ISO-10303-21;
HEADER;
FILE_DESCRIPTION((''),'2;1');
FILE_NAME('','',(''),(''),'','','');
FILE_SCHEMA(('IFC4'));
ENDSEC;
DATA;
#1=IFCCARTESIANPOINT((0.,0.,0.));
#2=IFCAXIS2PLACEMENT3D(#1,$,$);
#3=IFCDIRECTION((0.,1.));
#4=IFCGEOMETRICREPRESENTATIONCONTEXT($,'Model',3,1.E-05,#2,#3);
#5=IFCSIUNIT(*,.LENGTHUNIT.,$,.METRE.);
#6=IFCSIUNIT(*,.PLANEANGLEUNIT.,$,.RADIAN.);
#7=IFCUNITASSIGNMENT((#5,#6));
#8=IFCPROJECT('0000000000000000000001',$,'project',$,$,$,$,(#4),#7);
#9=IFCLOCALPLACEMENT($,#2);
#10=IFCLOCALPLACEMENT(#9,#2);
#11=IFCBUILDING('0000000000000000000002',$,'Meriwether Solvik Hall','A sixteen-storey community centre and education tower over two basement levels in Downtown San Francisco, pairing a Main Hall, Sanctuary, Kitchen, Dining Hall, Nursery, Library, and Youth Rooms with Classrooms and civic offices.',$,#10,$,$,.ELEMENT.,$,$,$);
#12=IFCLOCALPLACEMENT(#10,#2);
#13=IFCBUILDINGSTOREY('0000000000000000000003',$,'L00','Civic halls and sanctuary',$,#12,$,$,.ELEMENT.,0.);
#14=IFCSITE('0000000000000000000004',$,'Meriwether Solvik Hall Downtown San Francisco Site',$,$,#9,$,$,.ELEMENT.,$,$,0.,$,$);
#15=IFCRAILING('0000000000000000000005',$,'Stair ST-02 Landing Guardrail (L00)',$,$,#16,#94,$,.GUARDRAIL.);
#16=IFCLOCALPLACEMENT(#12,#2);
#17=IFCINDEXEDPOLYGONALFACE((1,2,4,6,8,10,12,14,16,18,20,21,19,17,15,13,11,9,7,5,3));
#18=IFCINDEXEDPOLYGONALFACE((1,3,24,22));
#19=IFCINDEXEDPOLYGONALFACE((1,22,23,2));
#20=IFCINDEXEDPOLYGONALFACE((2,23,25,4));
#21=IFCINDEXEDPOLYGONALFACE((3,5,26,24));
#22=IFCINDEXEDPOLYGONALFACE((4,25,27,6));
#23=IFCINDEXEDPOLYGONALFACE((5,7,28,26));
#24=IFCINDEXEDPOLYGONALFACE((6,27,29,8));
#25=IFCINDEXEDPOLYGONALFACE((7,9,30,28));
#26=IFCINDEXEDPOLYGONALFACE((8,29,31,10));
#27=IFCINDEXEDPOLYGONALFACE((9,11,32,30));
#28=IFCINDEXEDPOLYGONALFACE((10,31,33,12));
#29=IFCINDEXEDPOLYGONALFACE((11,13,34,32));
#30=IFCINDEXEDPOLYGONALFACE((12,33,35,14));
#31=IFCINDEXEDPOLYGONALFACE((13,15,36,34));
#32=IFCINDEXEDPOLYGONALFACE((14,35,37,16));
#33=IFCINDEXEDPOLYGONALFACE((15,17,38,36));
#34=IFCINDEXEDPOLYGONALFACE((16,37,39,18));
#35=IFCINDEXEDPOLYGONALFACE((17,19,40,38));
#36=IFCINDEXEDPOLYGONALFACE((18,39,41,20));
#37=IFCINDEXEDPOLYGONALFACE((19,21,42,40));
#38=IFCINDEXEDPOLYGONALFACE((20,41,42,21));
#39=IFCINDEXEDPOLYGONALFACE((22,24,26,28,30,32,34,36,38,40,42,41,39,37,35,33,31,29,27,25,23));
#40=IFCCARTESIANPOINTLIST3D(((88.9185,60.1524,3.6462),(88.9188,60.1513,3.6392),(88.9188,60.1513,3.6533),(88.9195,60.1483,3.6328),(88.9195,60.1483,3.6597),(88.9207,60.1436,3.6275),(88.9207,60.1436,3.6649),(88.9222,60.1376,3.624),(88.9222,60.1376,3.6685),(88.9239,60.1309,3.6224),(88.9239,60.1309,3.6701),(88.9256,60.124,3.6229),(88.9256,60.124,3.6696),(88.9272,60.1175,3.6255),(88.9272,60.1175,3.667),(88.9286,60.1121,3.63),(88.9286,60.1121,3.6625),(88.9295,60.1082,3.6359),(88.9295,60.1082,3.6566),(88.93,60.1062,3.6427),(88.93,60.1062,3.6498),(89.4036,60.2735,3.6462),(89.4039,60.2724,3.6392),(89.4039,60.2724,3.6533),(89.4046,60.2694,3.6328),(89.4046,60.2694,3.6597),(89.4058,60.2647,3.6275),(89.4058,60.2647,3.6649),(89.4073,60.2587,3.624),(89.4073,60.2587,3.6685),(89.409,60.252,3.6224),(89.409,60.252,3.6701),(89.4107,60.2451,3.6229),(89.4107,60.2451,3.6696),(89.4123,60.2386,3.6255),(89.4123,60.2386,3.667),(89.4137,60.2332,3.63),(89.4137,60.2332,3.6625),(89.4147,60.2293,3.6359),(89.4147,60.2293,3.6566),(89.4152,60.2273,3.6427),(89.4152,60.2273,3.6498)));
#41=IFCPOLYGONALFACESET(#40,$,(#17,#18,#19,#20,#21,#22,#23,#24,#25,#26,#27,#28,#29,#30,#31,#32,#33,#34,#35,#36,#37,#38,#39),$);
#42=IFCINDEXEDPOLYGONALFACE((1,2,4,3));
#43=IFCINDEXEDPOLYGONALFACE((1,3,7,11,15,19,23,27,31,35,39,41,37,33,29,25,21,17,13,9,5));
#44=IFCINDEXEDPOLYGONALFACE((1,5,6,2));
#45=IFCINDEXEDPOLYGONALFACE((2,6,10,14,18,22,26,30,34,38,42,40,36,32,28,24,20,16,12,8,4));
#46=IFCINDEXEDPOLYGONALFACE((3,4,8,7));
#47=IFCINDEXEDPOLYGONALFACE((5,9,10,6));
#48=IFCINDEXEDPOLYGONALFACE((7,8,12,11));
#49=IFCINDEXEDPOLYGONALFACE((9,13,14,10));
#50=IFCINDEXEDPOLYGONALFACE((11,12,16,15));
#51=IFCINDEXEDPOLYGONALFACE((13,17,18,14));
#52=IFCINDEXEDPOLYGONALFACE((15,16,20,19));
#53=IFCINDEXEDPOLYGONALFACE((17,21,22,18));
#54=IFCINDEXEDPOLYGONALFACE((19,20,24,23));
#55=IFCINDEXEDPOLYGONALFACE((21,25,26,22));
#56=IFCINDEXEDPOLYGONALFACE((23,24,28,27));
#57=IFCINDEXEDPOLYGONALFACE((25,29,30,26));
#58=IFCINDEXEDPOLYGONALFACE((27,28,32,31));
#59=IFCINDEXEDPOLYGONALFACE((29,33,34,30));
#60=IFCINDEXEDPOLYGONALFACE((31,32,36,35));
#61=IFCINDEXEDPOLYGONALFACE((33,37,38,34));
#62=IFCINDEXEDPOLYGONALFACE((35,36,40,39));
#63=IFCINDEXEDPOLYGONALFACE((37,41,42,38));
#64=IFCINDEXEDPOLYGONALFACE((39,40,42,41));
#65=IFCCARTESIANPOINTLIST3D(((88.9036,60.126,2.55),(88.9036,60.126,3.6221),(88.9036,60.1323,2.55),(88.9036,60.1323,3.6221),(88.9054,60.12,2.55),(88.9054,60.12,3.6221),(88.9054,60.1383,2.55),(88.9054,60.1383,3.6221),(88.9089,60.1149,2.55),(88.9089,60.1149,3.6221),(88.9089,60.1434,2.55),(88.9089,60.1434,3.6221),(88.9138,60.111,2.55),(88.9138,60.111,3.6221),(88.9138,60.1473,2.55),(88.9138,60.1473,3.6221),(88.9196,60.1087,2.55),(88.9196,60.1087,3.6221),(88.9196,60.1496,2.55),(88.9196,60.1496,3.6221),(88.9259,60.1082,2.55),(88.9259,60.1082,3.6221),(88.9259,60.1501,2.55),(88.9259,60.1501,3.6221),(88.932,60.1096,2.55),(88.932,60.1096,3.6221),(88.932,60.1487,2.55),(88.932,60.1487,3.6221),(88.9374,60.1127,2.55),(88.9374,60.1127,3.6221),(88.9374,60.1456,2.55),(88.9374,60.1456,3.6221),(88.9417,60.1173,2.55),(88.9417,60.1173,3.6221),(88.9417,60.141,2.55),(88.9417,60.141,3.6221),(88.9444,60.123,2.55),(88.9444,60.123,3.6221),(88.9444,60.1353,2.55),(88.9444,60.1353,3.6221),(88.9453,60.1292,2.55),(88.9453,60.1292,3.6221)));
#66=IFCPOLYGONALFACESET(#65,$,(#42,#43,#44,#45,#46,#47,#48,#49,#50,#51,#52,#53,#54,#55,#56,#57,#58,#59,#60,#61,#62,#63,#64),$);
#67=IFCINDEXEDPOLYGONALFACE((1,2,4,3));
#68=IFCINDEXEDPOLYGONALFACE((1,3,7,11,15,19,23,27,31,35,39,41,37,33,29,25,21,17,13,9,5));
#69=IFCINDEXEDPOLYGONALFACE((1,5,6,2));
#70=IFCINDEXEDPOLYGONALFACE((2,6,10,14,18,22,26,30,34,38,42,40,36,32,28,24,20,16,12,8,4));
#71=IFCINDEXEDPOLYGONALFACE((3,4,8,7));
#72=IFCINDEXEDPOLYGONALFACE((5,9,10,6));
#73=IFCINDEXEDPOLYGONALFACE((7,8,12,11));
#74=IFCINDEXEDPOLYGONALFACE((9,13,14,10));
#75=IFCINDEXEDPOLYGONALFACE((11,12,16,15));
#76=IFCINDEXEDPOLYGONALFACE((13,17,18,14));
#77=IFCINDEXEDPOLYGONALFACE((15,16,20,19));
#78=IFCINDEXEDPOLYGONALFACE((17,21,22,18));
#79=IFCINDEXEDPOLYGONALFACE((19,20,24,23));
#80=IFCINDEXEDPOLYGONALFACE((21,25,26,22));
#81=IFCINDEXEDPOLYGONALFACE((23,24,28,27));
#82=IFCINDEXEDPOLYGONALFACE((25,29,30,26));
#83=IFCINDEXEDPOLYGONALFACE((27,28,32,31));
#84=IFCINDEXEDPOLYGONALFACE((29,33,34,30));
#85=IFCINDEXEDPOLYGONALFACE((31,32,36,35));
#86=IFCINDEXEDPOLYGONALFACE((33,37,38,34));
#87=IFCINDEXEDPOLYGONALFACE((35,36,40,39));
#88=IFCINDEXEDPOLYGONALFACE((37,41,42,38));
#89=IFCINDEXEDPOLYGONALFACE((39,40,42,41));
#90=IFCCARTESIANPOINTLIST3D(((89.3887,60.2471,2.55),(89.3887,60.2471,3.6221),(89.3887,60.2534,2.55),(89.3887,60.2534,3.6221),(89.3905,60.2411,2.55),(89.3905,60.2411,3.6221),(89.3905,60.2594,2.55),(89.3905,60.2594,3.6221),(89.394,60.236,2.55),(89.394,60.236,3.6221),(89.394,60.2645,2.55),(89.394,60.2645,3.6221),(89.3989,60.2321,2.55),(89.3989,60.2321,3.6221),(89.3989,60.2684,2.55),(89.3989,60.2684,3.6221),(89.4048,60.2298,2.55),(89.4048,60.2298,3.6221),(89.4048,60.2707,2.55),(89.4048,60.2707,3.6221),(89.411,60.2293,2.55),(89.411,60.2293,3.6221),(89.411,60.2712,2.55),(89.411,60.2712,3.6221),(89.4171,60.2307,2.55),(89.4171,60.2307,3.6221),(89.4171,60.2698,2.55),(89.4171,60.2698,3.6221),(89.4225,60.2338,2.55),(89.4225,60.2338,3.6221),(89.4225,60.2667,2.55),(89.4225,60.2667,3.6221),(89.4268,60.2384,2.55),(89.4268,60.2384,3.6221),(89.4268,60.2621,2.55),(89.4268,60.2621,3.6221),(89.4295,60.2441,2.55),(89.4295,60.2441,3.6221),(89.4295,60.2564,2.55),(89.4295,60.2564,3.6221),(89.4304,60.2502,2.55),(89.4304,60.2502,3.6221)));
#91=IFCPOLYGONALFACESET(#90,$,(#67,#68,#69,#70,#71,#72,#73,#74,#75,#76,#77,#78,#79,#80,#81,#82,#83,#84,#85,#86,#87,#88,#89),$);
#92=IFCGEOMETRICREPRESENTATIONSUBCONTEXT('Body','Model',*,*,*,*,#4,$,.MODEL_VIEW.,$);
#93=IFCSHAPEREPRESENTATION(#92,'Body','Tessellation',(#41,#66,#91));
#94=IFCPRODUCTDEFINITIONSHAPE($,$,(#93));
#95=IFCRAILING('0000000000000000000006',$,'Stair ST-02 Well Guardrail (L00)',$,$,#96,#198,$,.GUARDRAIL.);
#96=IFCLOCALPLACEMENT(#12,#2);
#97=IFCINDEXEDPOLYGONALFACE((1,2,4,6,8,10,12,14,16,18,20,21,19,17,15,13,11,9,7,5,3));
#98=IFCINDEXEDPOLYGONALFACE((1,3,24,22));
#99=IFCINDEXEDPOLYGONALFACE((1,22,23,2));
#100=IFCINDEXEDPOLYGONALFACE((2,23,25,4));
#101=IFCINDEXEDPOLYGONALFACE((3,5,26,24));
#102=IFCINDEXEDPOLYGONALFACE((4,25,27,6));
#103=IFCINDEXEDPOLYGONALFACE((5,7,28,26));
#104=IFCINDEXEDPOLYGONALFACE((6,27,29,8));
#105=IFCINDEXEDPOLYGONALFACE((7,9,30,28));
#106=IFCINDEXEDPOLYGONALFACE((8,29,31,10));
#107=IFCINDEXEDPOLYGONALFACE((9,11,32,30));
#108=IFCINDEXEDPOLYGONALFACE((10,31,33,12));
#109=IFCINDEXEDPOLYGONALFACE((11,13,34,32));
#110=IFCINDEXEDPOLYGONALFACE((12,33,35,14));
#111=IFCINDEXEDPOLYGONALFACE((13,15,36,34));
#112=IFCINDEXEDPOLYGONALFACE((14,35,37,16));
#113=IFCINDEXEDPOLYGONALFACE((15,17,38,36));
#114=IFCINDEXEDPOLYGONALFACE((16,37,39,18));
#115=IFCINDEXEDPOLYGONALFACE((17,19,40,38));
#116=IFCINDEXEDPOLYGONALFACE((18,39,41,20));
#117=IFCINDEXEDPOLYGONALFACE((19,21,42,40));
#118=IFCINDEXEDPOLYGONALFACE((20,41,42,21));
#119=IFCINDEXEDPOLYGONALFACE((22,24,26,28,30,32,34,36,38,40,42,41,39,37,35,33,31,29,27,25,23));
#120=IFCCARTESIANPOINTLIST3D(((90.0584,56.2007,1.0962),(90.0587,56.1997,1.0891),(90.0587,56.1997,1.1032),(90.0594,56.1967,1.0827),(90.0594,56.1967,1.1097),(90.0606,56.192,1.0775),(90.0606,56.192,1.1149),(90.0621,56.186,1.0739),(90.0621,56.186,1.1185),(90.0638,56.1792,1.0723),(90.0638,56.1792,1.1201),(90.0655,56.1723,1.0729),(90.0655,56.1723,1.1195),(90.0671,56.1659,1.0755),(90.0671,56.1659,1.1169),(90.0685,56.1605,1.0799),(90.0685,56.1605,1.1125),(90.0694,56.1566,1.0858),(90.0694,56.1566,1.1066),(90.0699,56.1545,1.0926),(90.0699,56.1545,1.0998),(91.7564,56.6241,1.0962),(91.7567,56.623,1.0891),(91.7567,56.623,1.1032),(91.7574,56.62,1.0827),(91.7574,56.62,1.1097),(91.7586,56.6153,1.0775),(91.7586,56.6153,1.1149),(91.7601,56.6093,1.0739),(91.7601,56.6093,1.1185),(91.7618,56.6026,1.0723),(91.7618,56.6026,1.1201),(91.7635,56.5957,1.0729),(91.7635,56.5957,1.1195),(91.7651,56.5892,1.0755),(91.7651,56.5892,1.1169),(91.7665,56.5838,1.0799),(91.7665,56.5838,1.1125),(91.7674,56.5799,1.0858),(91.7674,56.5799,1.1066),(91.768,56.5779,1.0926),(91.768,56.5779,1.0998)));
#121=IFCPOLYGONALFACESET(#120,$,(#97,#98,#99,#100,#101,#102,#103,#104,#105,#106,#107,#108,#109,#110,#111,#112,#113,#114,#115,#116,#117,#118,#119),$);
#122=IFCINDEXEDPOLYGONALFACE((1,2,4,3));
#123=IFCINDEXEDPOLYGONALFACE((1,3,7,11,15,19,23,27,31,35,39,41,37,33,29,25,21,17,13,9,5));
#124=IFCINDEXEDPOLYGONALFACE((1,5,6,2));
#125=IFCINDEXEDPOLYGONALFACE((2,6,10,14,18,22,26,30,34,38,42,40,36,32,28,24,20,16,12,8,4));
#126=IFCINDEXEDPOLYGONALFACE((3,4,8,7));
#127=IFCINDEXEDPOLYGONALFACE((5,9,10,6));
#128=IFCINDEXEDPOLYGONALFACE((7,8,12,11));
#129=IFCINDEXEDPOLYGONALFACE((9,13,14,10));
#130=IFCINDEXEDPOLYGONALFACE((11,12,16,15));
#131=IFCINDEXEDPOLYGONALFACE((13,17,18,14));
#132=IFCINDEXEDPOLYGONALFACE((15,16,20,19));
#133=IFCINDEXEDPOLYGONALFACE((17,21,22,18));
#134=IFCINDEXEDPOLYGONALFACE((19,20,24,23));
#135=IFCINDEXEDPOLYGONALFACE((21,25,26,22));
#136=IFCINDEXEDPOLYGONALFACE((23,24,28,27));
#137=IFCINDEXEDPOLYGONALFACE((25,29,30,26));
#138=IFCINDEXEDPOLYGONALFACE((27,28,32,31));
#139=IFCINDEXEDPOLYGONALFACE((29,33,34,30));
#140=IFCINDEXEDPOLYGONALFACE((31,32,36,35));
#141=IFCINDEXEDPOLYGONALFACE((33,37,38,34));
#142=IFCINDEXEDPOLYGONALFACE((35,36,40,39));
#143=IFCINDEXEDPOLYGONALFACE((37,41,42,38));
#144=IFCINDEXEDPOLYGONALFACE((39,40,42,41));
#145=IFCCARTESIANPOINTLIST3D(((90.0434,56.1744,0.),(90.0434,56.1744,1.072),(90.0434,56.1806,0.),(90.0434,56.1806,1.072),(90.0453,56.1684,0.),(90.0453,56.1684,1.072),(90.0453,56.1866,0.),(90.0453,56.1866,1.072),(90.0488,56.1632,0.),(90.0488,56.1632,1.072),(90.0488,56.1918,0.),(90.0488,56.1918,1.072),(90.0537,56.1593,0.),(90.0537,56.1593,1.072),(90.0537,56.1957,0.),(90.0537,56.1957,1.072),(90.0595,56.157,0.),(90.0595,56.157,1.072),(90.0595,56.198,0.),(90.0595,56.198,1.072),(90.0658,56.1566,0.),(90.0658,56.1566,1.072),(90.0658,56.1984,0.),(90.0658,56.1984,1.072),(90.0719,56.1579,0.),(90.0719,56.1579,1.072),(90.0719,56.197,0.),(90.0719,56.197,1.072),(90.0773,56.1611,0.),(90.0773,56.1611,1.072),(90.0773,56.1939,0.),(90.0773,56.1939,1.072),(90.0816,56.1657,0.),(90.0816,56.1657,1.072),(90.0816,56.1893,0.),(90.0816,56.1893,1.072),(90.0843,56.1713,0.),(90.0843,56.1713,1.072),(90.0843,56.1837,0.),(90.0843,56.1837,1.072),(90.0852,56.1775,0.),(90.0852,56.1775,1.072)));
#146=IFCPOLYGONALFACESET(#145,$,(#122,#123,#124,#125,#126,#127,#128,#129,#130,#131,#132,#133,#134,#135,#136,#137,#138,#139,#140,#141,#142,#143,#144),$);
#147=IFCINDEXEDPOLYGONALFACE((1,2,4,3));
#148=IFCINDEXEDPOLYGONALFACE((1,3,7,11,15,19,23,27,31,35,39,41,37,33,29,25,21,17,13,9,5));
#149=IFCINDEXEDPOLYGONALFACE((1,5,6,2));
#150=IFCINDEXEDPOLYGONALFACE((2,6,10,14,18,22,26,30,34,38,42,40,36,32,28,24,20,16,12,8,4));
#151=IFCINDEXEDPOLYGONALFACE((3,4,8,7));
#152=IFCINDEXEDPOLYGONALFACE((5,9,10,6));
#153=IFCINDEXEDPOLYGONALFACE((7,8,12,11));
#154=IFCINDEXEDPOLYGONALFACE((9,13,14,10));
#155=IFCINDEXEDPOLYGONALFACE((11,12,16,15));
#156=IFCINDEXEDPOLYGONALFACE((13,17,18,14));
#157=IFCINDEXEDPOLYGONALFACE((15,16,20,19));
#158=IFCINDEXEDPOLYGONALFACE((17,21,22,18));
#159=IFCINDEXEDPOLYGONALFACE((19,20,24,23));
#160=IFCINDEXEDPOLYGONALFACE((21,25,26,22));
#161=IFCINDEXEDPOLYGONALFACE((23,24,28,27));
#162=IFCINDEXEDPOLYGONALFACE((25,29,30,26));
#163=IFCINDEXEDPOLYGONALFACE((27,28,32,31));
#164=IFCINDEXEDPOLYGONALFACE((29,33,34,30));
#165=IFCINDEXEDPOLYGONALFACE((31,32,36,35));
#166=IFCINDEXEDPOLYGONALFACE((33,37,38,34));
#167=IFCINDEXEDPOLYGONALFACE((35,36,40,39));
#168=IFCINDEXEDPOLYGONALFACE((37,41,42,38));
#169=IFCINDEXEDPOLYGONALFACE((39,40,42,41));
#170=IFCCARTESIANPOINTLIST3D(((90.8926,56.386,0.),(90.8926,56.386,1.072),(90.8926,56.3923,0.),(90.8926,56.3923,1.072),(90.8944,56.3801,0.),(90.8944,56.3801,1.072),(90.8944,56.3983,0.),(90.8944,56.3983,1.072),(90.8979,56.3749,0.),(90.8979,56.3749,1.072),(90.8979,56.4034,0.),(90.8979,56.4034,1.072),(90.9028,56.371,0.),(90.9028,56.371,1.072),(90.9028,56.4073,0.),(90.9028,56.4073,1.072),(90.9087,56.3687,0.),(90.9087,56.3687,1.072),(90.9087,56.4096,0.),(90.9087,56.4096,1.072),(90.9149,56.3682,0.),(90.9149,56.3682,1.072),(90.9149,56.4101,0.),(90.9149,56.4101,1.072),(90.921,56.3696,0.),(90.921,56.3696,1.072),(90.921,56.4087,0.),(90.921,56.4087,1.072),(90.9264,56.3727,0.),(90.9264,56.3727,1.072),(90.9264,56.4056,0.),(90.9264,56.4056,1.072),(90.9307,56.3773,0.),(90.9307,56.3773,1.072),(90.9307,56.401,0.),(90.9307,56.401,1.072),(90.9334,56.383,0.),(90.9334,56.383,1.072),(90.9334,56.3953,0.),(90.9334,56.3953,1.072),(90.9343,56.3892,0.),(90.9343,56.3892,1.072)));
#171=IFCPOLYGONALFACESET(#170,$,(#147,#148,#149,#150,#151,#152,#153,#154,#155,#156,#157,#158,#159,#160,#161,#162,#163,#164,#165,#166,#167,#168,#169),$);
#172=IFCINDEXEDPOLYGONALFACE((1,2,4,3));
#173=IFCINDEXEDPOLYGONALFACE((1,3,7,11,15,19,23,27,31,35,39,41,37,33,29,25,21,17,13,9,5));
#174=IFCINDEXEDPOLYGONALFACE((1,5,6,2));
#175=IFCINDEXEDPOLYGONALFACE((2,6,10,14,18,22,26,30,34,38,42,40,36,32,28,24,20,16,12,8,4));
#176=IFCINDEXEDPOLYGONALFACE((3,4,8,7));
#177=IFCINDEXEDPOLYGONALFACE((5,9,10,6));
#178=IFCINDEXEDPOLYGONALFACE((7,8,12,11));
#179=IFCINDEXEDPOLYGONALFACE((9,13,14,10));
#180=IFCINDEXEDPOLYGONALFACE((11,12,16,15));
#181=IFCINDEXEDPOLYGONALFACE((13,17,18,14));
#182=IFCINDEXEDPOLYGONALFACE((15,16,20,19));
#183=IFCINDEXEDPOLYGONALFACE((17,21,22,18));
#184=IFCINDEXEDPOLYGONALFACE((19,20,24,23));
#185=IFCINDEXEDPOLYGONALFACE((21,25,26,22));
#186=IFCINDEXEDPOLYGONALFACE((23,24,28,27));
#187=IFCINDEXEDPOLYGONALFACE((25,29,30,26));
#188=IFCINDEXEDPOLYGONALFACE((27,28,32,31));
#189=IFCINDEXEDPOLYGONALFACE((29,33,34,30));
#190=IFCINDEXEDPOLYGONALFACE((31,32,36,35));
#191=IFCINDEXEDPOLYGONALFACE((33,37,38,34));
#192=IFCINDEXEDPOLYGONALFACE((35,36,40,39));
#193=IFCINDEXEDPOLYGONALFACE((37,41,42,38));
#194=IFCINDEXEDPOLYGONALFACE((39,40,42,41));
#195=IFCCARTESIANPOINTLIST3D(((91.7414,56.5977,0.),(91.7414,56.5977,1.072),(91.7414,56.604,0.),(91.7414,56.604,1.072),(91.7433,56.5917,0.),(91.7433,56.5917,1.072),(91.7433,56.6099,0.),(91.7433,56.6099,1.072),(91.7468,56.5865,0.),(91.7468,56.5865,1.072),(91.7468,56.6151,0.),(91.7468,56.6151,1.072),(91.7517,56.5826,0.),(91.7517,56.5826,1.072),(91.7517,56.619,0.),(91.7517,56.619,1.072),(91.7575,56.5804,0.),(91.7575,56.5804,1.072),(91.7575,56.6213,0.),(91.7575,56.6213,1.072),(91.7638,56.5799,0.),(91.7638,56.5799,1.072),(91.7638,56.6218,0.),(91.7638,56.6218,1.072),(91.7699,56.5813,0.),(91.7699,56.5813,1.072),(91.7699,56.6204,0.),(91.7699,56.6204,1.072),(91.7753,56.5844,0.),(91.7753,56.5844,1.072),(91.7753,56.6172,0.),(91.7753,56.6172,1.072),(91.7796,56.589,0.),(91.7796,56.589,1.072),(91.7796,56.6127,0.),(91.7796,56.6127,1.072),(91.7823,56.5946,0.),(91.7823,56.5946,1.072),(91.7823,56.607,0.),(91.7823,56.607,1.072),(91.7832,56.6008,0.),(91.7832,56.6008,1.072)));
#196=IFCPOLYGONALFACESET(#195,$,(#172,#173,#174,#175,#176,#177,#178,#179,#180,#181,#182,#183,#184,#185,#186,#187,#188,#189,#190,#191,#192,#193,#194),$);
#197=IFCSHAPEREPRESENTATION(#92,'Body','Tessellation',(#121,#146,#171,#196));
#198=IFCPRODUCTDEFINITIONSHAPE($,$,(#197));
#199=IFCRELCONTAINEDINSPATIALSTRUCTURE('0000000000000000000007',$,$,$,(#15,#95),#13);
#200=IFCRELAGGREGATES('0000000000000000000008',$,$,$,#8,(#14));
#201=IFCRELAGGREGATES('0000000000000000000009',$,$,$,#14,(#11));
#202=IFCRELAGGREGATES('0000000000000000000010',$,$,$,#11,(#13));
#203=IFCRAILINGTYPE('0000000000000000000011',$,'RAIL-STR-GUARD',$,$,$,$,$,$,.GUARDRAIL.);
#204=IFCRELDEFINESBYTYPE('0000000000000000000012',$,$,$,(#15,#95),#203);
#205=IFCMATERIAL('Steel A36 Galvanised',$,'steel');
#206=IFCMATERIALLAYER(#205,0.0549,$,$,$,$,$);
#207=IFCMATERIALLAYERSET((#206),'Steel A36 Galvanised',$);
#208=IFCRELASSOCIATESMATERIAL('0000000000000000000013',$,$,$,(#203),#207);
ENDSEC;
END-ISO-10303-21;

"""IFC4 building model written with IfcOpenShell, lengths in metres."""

from ifc_helpers import new_model, si_unit, direction, frame, origin, origin_2d, place, context, subcontext, project, spatial, circle, extrude, material, layer, layer_set, type_object, element, save


model = new_model("IFC4")

# Units and contexts
model_context = context("Model", 3, precision=1e-05, world=origin(), true_north=direction((0.0, 1.0)))
body_context = subcontext(model_context, "Body", "Model", "MODEL_VIEW")
ifc_project = project(units=[si_unit("LENGTHUNIT", "METRE"), si_unit("PLANEANGLEUNIT", "RADIAN")], contexts=[model_context])

# Site, building, storey
site_placement = place(None, origin())
site = spatial("IfcSite", under=ifc_project, at=site_placement, Name="Meriwether Solvik Hall Downtown San Francisco Site", CompositionType="ELEMENT", RefElevation=0.0)
building_placement = place(site_placement, origin())
building = spatial("IfcBuilding", under=site, at=building_placement, Name="Meriwether Solvik Hall", Description="A sixteen-storey community centre and education tower over two basement levels in Downtown San Francisco, pairing a Main Hall, Sanctuary, Kitchen, Dining Hall, Nursery, Library, and Youth Rooms with Classrooms and civic offices.", CompositionType="ELEMENT")
storey_placement = place(building_placement, origin())
storey = spatial("IfcBuildingStorey", under=building, at=storey_placement, Name="L00", Description="Civic halls and sanctuary", CompositionType="ELEMENT", Elevation=0.0)

# Railings
ifc_material_1 = material(Name="Steel A36 Galvanised", Category="steel")
ifc_layer_1 = layer(ifc_material_1, 0.0549)
ifc_layer_set_1 = layer_set([ifc_layer_1], Name="Steel A36 Galvanised")
railing_type_1 = type_object("IfcRailingType", Name="RAIL-STR-GUARD", PredefinedType="GUARDRAIL", material=ifc_layer_set_1)
railing_1_placement = place(storey_placement, frame((88.9243, 60.1292, 2.55)))
element("IfcRailing", 1, at=railing_1_placement, inside=storey, type_object=railing_type_1, Name="Stair ST-02 Landing Guardrail (L00)", PredefinedType="GUARDRAIL", context=body_context, shape_type="SweptSolid", body=[
    extrude(circle(Radius=0.0239, at=origin_2d()), frame((0.0, 0.0, 1.0962), z_axis=(0.970229, 0.242191, 0.0), x_axis=(-0.242191, 0.970229, 0.0)), (0.0, 0.0, 1.0), 0.5),
    extrude(circle(Radius=0.021, at=origin_2d()), origin(), (0.0, 0.0, 1.0), 1.072),
    extrude(circle(Radius=0.021, at=origin_2d()), frame((0.4851, 0.1211, 0.0)), (0.0, 0.0, 1.0), 1.072),
])
railing_2_placement = place(storey_placement, frame((90.0642, 56.1775, 0.0)))
element("IfcRailing", 2, at=railing_2_placement, inside=storey, type_object=railing_type_1, Name="Stair ST-02 Well Guardrail (L00)", PredefinedType="GUARDRAIL", context=body_context, shape_type="SweptSolid", body=[
    extrude(circle(Radius=0.0239, at=origin_2d()), frame((0.0, 0.0, 1.0962), z_axis=(0.970298, 0.241912, 0.0), x_axis=(-0.241912, 0.970298, 0.0)), (0.0, 0.0, 1.0), 1.75),
    extrude(circle(Radius=0.021, at=origin_2d()), origin(), (0.0, 0.0, 1.0), 1.072),
    extrude(circle(Radius=0.021, at=origin_2d()), frame((0.8491, 0.2117, 0.0)), (0.0, 0.0, 1.0), 1.072),
    extrude(circle(Radius=0.021, at=origin_2d()), frame((1.698, 0.4233, 0.0)), (0.0, 0.0, 1.0), 1.072),
])

save(model, "model.ifc")
